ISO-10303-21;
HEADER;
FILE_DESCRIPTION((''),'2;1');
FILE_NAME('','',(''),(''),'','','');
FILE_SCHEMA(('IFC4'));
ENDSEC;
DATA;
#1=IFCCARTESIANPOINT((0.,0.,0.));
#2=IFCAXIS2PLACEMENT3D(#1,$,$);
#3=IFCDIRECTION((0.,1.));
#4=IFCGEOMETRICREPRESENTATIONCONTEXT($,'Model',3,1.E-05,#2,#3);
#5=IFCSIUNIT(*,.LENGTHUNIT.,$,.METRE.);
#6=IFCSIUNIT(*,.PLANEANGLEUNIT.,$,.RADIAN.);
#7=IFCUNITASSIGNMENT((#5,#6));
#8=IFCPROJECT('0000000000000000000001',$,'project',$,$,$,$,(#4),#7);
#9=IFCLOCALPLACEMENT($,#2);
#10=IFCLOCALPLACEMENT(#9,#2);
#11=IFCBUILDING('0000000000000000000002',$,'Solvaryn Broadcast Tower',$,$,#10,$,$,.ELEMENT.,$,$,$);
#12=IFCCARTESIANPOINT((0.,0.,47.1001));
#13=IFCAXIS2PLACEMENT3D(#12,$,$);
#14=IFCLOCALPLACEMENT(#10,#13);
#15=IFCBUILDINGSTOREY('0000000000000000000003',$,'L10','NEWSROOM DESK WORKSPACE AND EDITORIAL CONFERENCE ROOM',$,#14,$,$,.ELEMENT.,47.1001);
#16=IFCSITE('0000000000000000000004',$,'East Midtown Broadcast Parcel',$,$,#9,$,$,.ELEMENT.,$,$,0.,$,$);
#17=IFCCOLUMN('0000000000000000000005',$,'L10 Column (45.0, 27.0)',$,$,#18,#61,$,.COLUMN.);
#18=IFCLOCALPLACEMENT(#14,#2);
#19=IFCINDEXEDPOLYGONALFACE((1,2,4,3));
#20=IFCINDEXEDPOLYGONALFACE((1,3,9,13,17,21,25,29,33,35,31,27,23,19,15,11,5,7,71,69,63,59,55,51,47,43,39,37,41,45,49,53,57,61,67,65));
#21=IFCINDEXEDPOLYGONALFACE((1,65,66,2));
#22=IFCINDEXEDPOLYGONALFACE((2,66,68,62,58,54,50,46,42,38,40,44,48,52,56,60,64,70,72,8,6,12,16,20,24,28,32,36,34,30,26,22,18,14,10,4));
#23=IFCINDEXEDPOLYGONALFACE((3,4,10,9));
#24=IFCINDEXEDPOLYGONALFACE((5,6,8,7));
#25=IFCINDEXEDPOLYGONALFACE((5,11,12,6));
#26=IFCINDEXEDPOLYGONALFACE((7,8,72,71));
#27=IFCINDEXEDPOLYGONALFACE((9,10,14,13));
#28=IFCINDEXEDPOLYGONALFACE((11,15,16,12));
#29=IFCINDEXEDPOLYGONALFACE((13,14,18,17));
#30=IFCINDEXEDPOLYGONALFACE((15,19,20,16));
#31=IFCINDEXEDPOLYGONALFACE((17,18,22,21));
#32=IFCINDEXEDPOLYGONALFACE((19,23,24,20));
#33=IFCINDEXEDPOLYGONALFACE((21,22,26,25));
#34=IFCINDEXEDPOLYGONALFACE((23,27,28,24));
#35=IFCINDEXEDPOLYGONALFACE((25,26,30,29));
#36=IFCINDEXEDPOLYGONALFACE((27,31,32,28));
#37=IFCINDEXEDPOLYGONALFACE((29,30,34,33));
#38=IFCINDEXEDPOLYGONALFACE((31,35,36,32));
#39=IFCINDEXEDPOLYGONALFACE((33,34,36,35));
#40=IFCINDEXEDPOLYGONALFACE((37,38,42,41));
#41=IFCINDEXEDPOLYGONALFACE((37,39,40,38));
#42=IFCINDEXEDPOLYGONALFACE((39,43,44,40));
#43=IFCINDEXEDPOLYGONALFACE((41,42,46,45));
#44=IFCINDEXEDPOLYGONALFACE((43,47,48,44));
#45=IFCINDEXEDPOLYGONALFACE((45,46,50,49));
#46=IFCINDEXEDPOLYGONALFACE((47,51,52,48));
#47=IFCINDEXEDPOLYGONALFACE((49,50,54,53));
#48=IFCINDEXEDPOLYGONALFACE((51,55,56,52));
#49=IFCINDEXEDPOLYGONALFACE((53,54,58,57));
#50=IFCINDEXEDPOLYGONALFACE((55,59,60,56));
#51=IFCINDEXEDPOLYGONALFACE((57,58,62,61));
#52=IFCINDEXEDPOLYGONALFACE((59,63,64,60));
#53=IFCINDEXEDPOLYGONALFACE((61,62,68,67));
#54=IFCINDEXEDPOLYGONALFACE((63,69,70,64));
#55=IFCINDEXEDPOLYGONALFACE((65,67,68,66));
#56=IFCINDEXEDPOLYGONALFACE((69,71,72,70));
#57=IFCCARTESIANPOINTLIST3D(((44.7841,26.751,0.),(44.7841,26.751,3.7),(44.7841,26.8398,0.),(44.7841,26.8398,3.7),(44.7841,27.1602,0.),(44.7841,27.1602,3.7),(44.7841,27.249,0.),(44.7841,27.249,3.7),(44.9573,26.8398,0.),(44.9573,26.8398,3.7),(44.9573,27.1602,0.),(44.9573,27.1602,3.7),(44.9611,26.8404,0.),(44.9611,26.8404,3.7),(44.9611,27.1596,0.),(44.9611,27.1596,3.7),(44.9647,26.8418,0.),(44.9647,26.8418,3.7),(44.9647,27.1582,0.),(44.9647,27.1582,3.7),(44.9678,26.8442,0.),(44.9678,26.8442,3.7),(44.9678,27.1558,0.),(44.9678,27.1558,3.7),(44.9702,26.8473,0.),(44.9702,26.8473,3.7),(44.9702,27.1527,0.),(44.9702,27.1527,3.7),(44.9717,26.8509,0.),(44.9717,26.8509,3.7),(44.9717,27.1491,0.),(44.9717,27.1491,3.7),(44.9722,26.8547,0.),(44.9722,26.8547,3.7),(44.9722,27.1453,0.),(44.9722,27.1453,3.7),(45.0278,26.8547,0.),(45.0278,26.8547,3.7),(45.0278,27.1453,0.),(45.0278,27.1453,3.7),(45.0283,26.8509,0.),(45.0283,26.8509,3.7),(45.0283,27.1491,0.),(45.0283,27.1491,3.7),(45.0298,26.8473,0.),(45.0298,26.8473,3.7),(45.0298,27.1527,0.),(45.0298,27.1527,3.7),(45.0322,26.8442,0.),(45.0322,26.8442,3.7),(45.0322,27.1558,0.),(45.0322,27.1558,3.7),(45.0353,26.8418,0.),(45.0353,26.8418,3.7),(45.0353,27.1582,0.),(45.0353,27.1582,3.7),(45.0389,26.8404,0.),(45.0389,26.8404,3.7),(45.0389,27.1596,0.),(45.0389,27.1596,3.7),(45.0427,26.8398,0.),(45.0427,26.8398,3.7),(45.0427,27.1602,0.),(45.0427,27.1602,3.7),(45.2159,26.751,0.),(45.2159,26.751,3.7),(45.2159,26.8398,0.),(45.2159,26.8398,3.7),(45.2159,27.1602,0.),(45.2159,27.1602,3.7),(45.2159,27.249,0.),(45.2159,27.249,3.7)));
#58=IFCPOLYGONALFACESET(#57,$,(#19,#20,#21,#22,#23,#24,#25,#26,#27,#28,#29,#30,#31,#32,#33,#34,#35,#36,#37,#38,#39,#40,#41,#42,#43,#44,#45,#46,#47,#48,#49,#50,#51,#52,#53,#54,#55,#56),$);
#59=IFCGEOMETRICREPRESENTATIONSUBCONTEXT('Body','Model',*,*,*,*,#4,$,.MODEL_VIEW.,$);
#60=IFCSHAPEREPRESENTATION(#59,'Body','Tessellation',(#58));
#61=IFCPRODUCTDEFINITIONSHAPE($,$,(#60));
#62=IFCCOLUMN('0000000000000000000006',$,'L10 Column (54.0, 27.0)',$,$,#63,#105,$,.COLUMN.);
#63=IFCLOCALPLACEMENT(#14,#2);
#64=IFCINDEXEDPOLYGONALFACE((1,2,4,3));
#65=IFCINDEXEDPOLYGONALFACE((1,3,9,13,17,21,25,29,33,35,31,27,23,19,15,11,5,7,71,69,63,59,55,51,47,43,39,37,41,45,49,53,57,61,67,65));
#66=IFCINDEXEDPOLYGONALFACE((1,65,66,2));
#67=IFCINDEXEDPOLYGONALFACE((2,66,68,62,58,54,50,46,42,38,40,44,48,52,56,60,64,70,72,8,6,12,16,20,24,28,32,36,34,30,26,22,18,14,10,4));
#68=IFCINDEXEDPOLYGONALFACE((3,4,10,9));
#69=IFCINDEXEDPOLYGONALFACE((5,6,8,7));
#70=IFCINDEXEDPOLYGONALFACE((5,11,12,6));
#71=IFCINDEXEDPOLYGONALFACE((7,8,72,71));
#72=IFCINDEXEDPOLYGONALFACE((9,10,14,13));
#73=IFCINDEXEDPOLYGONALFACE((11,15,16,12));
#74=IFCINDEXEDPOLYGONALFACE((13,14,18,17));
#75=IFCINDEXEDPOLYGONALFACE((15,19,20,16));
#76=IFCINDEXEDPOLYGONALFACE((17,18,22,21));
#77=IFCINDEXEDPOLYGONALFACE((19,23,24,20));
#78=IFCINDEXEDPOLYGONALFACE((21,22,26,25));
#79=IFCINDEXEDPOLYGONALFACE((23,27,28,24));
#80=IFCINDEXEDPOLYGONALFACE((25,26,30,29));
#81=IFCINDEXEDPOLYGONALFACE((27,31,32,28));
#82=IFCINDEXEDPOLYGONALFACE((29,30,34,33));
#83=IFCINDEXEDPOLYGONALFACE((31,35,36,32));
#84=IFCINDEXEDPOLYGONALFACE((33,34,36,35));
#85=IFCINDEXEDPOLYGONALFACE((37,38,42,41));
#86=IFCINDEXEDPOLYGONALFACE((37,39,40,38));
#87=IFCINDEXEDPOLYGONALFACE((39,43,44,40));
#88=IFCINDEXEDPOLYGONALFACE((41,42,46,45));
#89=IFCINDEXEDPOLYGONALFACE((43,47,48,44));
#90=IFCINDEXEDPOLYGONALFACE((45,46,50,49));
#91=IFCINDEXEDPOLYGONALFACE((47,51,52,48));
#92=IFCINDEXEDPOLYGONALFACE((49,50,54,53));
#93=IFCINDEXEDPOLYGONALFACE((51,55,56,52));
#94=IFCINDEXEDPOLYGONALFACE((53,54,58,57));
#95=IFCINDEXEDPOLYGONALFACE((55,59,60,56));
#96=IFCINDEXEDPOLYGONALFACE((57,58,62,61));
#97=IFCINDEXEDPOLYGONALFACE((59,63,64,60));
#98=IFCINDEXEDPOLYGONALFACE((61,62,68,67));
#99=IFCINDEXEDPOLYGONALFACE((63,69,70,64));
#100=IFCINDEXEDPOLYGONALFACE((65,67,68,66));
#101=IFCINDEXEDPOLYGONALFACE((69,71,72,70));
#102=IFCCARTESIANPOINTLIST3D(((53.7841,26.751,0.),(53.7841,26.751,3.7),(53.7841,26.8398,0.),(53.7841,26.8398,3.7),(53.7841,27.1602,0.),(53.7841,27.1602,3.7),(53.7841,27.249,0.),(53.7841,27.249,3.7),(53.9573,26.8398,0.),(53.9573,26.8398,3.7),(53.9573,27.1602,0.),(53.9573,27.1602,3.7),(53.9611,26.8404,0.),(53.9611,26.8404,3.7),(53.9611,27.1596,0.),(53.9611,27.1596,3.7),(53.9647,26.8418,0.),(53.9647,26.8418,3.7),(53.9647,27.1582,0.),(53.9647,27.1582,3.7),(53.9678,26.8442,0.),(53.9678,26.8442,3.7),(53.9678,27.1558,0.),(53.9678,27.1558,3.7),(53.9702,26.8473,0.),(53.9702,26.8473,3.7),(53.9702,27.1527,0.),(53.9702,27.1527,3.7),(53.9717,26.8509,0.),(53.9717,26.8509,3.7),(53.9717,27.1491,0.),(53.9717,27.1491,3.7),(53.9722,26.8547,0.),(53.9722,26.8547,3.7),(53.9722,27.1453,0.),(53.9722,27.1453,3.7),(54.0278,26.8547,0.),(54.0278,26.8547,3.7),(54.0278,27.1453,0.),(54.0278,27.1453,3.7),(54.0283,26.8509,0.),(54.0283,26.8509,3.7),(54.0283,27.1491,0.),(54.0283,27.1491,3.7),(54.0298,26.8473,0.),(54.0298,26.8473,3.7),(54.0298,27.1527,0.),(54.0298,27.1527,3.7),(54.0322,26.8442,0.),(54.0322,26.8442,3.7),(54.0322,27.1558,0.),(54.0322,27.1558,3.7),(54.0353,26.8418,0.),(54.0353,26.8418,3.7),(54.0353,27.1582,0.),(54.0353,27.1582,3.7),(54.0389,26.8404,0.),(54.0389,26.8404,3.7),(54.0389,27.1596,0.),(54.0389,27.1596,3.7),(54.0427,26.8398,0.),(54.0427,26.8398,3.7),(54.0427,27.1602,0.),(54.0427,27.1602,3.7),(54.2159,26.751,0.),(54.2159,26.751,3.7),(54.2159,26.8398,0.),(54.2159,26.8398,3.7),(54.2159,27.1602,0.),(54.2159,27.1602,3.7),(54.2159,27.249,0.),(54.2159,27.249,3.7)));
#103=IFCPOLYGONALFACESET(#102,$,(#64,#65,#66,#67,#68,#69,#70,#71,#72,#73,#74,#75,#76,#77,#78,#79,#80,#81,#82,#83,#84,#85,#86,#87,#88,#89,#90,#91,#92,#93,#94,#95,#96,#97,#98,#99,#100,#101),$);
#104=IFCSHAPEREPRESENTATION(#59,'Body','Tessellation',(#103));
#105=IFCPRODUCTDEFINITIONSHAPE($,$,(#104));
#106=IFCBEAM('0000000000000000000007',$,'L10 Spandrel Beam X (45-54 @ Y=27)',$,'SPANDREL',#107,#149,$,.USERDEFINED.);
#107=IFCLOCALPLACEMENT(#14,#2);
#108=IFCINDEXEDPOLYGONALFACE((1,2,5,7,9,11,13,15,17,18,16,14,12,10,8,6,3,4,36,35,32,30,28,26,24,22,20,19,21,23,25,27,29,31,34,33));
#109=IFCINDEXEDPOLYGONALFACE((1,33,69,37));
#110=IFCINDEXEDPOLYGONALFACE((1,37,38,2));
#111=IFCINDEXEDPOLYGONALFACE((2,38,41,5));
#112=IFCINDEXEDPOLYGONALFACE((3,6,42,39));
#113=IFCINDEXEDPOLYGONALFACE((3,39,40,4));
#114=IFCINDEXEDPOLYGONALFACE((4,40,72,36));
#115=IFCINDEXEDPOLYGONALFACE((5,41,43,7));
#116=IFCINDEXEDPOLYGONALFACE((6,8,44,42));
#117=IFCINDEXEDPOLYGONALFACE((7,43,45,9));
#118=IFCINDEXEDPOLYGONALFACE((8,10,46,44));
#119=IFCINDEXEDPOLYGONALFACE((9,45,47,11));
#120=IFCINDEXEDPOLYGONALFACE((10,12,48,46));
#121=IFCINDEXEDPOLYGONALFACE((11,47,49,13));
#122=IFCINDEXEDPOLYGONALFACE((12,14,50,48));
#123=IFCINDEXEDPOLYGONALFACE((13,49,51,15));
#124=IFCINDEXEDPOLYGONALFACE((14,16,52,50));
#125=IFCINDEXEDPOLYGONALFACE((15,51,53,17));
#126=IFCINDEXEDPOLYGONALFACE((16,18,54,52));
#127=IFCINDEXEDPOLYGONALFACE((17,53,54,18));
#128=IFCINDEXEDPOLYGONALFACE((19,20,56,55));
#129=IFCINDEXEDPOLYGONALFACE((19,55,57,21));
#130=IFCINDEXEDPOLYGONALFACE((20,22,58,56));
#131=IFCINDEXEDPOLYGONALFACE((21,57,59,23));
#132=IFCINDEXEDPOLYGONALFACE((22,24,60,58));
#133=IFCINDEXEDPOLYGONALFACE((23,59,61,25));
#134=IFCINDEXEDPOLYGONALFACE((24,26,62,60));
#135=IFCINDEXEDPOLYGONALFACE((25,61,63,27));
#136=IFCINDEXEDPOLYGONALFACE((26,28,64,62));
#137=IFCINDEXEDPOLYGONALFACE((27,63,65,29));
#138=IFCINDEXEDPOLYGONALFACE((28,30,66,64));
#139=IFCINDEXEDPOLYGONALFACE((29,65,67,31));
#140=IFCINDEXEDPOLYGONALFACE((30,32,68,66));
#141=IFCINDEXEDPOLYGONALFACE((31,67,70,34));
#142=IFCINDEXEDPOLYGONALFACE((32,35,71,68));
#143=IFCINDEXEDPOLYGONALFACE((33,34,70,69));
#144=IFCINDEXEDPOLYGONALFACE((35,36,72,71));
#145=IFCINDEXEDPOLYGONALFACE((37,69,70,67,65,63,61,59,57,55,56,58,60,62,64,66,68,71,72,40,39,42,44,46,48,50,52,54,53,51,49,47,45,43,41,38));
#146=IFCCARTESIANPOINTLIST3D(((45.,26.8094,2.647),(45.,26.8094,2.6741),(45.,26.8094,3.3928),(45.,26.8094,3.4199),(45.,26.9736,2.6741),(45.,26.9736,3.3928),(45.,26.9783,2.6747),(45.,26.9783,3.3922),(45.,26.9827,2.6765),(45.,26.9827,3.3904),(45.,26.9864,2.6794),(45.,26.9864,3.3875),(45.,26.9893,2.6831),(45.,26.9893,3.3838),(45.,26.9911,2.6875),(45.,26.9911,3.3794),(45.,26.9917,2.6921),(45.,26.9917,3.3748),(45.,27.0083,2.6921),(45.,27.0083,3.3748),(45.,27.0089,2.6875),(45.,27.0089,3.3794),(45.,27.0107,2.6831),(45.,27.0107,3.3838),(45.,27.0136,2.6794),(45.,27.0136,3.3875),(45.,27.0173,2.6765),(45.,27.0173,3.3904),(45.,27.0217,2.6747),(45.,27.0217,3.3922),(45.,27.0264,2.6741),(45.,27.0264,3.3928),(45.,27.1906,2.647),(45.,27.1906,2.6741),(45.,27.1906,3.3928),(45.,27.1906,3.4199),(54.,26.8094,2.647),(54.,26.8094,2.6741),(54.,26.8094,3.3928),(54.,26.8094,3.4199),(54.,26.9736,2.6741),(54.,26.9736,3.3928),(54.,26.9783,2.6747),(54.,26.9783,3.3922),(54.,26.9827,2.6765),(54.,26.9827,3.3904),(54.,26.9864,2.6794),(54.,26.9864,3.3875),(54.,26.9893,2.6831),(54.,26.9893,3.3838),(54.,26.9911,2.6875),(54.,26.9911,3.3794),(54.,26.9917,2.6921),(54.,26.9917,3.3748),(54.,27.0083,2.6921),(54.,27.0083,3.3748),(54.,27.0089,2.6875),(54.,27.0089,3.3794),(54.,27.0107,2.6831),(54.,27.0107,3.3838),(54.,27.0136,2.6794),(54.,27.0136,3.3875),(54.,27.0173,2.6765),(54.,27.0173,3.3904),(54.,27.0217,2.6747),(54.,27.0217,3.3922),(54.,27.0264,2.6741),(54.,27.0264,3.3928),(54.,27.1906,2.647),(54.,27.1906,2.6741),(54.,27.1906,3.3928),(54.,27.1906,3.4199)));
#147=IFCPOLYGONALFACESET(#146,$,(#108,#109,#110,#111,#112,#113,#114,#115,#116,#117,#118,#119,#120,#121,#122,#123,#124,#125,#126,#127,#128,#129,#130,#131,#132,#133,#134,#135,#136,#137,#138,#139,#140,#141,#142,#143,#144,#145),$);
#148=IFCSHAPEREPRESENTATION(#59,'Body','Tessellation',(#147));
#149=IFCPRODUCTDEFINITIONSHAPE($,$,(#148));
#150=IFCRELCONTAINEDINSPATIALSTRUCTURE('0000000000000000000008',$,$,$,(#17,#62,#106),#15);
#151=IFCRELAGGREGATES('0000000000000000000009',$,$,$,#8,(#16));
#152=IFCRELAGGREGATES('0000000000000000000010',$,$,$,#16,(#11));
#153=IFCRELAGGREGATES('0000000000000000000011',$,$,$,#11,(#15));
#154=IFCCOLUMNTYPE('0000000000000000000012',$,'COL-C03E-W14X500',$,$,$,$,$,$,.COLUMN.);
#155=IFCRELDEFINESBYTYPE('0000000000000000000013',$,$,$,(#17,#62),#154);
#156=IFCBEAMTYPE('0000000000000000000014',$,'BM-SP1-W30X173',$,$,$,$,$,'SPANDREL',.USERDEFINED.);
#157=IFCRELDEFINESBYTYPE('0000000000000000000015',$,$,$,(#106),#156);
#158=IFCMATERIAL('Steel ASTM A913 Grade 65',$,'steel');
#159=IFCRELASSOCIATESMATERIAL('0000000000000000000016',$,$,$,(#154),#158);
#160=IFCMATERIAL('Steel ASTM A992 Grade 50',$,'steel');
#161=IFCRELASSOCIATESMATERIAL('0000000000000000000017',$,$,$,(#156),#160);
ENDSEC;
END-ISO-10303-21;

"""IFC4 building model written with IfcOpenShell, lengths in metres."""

from ifc_helpers import new_model, si_unit, direction, frame, origin, origin_2d, place, context, subcontext, project, spatial, i_section, extrude, material, material_profile, profile_set, type_object, element, save


model = new_model("IFC4")

# Units and contexts
model_context = context("Model", 3, precision=1e-05, world=origin(), true_north=direction((0.0, 1.0)))
body_context = subcontext(model_context, "Body", "Model", "MODEL_VIEW")
ifc_project = project(units=[si_unit("LENGTHUNIT", "METRE"), si_unit("PLANEANGLEUNIT", "RADIAN")], contexts=[model_context])

# Site, building, storey
site_placement = place(None, origin())
site = spatial("IfcSite", under=ifc_project, at=site_placement, Name="East Midtown Broadcast Parcel", CompositionType="ELEMENT", RefElevation=0.0)
building_placement = place(site_placement, origin())
building = spatial("IfcBuilding", under=site, at=building_placement, Name="Solvaryn Broadcast Tower", CompositionType="ELEMENT")
storey_placement = place(building_placement, frame((0.0, 0.0, 47.1001)))
storey = spatial("IfcBuildingStorey", under=building, at=storey_placement, Name="L10", Description="NEWSROOM DESK WORKSPACE AND EDITORIAL CONFERENCE ROOM", CompositionType="ELEMENT", Elevation=47.1001)

# Columns
ifc_material_1 = material(Name="Steel ASTM A913 Grade 65", Category="steel")
ifc_material_profile_1 = material_profile(ifc_material_1, i_section(OverallWidth=0.4319, OverallDepth=0.498, WebThickness=0.0557, FlangeThickness=0.0889, FilletRadius=0.0149, at=origin_2d()))
ifc_profile_set_1 = profile_set([ifc_material_profile_1], Name="Steel ASTM A913 Grade 65")
column_type = type_object("IfcColumnType", Name="COL-C03E-W14X500", PredefinedType="COLUMN", material=ifc_profile_set_1)
for number, where, z_axis, x_axis, name in (
    (1, (45.0, 27.0, 0.0), (0.0, 0.0, 1.0), (1.0, 0.0, 0.0), "L10 Column (45.0, 27.0)"),
    (2, (54.0, 27.0, 0.0), (0.0, 0.0, 1.0), (1.0, 0.0, 0.0), "L10 Column (54.0, 27.0)"),
):
    element("IfcColumn", number, at=place(storey_placement, frame(where, z_axis=z_axis, x_axis=x_axis)), inside=storey, type_object=column_type, Name=name, PredefinedType="COLUMN", context=body_context, shape_type="SweptSolid", body=[
        extrude(i_section(OverallWidth=0.4319, OverallDepth=0.498, WebThickness=0.0557, FlangeThickness=0.0889, FilletRadius=0.0149, at=origin_2d()), origin(), (0.0, 0.0, 1.0), 3.7),
    ])

# Beam
ifc_material_2 = material(Name="Steel ASTM A992 Grade 50", Category="steel")
ifc_material_profile_2 = material_profile(ifc_material_2, i_section(OverallWidth=0.3811, OverallDepth=0.7729, WebThickness=0.0166, FlangeThickness=0.0271, FilletRadius=0.0181, at=origin_2d()))
ifc_profile_set_2 = profile_set([ifc_material_profile_2], Name="Steel ASTM A992 Grade 50")
beam_type = type_object("IfcBeamType", Name="BM-SP1-W30X173", ElementType="SPANDREL", PredefinedType="USERDEFINED", material=ifc_profile_set_2)
beam_placement = place(storey_placement, frame((45.0, 27.0, 3.0334), z_axis=(1.0, 0.0, 0.0), x_axis=(0.0, 1.0, 0.0)))
element("IfcBeam", 3, at=beam_placement, inside=storey, type_object=beam_type, Name="L10 Spandrel Beam X (45-54 @ Y=27)", ObjectType="SPANDREL", PredefinedType="USERDEFINED", context=body_context, shape_type="SweptSolid", body=[
    extrude(i_section(OverallWidth=0.3811, OverallDepth=0.7729, WebThickness=0.0166, FlangeThickness=0.0271, FilletRadius=0.0181, at=origin_2d()), origin(), (0.0, 0.0, 1.0), 9.0),
])

save(model, "model.ifc")
